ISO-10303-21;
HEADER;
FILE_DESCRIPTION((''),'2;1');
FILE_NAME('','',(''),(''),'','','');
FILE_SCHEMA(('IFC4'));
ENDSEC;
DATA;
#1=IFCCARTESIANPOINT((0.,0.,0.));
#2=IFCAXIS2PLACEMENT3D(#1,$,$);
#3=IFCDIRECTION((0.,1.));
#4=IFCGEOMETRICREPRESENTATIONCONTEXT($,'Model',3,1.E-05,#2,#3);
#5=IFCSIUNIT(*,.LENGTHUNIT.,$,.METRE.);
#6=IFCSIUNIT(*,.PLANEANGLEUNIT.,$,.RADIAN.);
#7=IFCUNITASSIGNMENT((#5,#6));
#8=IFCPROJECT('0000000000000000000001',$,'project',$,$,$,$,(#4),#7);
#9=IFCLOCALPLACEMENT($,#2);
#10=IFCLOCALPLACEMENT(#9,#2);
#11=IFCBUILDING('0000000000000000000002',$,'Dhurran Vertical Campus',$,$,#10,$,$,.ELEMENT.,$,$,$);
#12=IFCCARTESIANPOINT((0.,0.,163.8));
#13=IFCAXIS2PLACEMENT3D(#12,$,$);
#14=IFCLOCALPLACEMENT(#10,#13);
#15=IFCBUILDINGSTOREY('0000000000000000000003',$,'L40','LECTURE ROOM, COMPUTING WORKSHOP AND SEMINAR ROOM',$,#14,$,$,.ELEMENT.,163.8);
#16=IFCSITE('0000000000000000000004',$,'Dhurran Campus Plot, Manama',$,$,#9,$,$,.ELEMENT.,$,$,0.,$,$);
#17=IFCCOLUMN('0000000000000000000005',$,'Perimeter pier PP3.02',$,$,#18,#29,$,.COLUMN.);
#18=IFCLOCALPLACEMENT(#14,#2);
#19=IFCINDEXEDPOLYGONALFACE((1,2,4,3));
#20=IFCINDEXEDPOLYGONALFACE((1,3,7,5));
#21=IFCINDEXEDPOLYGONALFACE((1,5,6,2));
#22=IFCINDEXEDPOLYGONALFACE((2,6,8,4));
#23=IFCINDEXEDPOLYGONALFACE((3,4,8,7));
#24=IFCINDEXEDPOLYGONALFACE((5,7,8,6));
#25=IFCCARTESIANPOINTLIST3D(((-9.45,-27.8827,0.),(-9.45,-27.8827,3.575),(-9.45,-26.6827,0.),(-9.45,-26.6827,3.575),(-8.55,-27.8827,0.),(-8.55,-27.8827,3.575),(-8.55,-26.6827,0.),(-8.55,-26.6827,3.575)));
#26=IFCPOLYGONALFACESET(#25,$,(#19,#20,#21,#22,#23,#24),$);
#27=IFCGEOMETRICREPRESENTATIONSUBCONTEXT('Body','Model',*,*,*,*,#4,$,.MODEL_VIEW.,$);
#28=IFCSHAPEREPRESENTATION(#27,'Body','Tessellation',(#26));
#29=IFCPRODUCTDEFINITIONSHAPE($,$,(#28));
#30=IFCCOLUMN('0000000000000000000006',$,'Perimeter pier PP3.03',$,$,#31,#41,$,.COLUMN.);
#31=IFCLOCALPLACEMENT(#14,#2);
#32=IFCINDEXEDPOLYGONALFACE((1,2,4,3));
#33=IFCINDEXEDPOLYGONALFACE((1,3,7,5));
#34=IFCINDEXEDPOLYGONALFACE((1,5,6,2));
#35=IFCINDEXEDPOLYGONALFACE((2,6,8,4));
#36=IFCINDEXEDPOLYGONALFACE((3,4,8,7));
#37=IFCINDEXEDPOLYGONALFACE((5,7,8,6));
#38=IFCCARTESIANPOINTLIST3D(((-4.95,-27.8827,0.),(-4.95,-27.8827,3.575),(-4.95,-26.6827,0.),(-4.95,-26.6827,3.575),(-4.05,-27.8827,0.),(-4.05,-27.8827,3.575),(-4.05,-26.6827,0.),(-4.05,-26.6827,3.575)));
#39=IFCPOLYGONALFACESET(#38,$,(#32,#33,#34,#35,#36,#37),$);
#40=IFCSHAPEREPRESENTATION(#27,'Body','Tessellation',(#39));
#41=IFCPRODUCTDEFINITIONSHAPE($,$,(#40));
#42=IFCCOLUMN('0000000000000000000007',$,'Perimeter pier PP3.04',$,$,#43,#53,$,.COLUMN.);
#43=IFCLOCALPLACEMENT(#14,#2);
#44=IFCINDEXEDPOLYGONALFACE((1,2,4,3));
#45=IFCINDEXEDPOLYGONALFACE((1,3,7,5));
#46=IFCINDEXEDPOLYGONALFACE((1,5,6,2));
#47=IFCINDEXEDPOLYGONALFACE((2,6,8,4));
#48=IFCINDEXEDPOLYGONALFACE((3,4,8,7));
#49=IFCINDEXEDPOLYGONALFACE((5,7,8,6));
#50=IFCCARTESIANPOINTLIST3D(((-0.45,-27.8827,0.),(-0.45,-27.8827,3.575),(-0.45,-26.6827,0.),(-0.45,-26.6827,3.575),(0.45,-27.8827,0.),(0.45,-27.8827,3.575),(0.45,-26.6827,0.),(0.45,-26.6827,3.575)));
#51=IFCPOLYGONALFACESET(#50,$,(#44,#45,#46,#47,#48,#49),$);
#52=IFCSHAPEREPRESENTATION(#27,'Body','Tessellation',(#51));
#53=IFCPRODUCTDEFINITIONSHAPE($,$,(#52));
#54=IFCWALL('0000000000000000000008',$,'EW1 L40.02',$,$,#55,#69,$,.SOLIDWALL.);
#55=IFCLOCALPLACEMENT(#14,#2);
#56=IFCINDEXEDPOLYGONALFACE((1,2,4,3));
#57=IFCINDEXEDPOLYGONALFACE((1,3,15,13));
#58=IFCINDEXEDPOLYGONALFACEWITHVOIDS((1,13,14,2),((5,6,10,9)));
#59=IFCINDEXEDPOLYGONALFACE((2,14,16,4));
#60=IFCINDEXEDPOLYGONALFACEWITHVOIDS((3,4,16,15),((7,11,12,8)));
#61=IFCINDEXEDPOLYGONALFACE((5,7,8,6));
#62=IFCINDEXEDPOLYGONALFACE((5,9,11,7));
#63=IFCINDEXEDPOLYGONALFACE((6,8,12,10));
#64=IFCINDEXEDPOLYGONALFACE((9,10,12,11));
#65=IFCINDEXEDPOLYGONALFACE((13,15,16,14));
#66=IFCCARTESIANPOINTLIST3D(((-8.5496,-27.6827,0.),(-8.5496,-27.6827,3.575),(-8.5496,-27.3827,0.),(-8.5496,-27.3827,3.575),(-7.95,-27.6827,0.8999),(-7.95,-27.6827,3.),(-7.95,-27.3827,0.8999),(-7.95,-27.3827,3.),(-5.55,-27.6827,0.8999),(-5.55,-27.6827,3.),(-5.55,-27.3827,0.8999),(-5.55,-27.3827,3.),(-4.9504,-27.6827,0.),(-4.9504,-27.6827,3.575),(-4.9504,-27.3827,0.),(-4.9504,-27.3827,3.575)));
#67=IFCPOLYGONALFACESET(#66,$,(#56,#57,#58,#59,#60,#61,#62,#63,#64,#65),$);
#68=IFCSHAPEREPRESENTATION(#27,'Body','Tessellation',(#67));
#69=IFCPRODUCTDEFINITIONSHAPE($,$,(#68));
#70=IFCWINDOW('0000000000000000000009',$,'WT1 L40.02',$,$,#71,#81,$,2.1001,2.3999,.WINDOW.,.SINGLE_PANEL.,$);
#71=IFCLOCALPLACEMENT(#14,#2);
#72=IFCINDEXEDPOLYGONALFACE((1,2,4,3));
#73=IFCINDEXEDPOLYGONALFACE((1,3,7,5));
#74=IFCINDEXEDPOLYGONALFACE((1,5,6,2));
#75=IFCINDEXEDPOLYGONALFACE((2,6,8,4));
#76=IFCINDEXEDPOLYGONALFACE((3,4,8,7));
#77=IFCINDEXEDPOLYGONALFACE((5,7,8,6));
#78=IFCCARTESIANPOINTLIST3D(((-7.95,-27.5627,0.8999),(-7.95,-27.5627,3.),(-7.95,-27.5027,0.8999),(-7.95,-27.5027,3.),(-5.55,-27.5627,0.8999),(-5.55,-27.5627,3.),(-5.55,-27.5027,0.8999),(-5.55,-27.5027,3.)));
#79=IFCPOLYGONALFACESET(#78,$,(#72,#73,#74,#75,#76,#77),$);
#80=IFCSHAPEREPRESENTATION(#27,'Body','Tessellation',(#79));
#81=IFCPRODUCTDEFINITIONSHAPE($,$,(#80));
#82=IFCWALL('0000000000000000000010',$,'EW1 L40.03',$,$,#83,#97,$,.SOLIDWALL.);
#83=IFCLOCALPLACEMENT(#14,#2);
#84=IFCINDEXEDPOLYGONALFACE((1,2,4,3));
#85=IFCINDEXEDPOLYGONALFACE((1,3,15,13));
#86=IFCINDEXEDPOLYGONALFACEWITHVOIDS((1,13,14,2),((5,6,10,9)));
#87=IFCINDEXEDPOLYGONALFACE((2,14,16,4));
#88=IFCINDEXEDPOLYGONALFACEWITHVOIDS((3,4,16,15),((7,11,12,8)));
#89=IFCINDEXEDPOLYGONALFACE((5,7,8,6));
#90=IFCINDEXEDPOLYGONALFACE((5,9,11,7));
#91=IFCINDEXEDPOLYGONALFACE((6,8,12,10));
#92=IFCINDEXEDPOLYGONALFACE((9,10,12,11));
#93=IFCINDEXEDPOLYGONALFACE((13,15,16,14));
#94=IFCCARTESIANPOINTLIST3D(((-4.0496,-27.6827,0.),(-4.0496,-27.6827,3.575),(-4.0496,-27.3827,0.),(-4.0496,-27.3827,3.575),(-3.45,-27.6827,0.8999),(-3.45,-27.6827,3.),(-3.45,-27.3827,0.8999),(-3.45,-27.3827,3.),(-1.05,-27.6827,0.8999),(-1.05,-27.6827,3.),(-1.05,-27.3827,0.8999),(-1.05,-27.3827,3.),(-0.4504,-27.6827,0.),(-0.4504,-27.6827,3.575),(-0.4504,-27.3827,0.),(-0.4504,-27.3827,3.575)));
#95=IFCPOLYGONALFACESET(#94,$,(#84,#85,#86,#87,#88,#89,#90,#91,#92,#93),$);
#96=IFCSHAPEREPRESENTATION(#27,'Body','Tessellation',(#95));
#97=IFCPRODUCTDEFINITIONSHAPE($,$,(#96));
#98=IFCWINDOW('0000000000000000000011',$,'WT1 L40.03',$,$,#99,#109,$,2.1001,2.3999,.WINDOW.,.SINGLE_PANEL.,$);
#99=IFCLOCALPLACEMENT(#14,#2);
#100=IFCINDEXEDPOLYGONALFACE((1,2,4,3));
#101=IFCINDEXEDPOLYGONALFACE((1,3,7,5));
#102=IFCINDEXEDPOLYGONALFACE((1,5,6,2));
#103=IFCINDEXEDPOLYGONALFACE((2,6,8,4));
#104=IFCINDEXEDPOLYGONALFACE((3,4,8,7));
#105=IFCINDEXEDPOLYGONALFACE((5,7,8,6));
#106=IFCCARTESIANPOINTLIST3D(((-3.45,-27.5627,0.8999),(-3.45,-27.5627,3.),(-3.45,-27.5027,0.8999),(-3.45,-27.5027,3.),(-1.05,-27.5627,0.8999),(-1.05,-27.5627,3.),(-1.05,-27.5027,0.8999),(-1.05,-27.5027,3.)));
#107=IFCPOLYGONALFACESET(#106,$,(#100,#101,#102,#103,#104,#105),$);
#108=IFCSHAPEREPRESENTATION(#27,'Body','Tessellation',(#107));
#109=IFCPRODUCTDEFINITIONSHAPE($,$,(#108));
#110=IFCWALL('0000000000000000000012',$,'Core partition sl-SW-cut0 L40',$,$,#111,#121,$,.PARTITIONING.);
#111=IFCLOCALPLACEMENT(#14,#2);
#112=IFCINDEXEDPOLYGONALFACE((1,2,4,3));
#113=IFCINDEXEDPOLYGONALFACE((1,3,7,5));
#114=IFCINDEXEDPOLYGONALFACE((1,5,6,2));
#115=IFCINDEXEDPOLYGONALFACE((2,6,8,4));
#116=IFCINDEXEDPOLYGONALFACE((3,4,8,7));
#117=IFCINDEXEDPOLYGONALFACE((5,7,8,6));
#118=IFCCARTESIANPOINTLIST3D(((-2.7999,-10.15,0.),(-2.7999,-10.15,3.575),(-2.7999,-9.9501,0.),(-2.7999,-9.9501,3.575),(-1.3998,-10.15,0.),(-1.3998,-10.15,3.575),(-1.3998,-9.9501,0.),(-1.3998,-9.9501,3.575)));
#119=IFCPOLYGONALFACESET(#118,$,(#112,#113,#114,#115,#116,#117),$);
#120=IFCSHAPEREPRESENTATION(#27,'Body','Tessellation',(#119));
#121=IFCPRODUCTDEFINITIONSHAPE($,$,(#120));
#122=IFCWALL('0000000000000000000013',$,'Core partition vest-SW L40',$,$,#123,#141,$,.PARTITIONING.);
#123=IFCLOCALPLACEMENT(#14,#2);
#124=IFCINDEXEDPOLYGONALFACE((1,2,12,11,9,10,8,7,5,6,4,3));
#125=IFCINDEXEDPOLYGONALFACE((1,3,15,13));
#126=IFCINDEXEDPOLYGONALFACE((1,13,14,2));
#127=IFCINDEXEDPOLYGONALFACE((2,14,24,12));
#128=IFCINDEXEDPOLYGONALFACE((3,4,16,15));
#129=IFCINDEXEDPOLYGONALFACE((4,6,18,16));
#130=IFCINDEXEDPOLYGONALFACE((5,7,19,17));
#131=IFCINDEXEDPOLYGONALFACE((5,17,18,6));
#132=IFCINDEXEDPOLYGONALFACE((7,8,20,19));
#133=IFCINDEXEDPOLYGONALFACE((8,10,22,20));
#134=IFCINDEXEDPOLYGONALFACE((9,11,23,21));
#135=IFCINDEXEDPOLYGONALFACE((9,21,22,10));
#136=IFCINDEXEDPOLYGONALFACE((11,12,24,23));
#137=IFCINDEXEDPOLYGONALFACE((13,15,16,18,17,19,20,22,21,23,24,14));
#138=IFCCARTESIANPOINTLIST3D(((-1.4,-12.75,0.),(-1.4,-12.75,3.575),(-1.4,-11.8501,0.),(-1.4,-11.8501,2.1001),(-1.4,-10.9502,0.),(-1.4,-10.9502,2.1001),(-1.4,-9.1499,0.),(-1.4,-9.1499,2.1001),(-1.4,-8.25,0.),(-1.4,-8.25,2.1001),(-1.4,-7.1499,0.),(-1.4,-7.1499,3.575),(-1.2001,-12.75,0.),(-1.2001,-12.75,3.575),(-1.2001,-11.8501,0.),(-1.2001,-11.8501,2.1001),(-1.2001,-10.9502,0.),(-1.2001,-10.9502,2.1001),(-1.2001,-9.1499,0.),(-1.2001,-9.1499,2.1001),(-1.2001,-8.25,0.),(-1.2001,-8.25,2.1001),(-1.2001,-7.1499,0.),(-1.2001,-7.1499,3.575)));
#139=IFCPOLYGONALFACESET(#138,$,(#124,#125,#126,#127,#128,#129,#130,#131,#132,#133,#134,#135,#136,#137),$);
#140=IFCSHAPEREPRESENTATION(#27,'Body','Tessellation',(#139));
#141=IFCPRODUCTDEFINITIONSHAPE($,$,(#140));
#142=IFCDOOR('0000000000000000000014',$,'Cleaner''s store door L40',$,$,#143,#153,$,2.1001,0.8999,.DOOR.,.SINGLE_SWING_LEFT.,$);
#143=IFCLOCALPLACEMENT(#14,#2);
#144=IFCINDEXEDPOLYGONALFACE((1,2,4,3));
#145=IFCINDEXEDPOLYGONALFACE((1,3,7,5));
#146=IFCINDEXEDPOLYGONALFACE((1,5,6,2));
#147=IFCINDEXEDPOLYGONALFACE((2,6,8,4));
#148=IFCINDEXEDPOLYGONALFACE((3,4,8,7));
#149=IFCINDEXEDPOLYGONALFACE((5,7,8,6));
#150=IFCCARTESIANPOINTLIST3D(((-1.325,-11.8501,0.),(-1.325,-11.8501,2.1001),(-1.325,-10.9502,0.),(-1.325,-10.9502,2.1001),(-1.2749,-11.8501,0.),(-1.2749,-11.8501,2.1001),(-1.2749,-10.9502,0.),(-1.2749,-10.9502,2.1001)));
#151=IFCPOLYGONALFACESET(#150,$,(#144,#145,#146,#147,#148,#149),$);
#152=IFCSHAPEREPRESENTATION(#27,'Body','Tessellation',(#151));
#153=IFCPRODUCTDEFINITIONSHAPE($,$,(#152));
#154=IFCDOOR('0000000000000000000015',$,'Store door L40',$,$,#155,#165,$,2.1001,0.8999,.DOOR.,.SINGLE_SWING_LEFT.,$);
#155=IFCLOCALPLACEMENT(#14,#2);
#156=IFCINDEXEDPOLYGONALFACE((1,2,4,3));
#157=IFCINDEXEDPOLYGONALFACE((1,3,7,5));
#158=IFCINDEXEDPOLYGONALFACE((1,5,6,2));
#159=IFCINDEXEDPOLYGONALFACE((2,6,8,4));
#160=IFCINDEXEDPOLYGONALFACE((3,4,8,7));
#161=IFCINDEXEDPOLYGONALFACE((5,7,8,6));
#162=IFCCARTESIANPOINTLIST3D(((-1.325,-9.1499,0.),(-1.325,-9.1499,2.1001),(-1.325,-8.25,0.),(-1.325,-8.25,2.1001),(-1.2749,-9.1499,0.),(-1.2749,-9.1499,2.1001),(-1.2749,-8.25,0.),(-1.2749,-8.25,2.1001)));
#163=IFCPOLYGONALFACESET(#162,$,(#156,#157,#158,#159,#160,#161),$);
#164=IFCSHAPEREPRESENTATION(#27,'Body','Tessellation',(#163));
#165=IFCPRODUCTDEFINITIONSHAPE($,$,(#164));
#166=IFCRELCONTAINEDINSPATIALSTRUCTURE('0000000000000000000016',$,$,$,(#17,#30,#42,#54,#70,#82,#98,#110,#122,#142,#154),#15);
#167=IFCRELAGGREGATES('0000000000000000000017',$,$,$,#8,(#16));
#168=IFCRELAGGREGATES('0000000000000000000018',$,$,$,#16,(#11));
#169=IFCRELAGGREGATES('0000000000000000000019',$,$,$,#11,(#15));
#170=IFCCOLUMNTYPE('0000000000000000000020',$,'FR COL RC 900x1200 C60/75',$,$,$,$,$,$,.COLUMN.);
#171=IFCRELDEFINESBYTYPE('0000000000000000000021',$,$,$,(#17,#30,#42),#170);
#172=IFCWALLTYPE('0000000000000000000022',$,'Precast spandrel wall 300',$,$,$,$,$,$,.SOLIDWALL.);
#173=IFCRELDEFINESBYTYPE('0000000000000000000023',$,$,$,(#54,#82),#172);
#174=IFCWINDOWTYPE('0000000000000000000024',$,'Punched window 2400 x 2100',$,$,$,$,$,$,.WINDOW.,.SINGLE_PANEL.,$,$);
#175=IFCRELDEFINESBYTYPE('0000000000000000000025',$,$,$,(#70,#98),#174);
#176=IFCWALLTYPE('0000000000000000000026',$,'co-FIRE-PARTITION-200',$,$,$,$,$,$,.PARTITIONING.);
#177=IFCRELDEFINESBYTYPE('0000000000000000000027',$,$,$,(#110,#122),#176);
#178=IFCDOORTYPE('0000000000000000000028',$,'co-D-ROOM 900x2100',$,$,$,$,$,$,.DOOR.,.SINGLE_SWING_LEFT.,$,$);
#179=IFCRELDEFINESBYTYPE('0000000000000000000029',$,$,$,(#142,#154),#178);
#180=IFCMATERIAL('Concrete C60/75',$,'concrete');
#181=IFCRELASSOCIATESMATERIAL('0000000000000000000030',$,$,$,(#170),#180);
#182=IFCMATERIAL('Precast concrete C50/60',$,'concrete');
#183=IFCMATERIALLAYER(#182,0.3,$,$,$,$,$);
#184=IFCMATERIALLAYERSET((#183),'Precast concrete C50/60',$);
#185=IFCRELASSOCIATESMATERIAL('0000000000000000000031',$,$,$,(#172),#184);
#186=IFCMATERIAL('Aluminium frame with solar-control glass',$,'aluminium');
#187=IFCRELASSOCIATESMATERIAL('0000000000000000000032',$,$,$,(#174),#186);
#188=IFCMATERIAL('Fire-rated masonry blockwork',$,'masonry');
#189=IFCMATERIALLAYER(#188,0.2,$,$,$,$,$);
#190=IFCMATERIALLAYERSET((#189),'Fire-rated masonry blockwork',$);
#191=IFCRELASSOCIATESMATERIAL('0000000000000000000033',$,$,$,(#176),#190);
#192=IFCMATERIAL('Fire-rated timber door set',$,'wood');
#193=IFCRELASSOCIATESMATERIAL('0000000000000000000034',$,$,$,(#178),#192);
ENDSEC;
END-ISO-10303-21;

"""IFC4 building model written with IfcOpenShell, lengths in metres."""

from ifc_helpers import new_model, si_unit, direction, frame, frame_2d, origin, origin_2d, place, context, subcontext, project, spatial, rectangle, extrude, material, layer, layer_set, material_profile, profile_set, type_object, element, fill, save


model = new_model("IFC4")

# Units and contexts
model_context = context("Model", 3, precision=1e-05, world=origin(), true_north=direction((0.0, 1.0)))
body_context = subcontext(model_context, "Body", "Model", "MODEL_VIEW")
ifc_project = project(units=[si_unit("LENGTHUNIT", "METRE"), si_unit("PLANEANGLEUNIT", "RADIAN")], contexts=[model_context])

# Site, building, storey
site_placement = place(None, origin())
site = spatial("IfcSite", under=ifc_project, at=site_placement, Name="Dhurran Campus Plot, Manama", CompositionType="ELEMENT", RefElevation=0.0)
building_placement = place(site_placement, origin())
building = spatial("IfcBuilding", under=site, at=building_placement, Name="Dhurran Vertical Campus", CompositionType="ELEMENT")
storey_placement = place(building_placement, frame((0.0, 0.0, 163.8)))
storey = spatial("IfcBuildingStorey", under=building, at=storey_placement, Name="L40", Description="LECTURE ROOM, COMPUTING WORKSHOP AND SEMINAR ROOM", CompositionType="ELEMENT", Elevation=163.8)

# Columns
ifc_material_1 = material(Name="Concrete C60/75", Category="concrete")
ifc_material_profile = material_profile(ifc_material_1, rectangle(XDim=0.8999, YDim=1.2, at=origin_2d()), Name="RC 900x1200")
ifc_profile_set = profile_set([ifc_material_profile], Name="Concrete C60/75")
column_type = type_object("IfcColumnType", Name="FR COL RC 900x1200 C60/75", PredefinedType="COLUMN", material=ifc_profile_set)
for number, where, z_axis, x_axis, name in (
    (1, (-9.0, -27.2827, 0.0), (0.0, 0.0, 1.0), (1.0, 0.0, 0.0), "Perimeter pier PP3.02"),
    (2, (-4.5, -27.2827, 0.0), (0.0, 0.0, 1.0), (1.0, 0.0, 0.0), "Perimeter pier PP3.03"),
    (3, (0.0, -27.2827, 0.0), (0.0, 0.0, 1.0), (1.0, 0.0, 0.0), "Perimeter pier PP3.04"),
):
    element("IfcColumn", number, at=place(storey_placement, frame(where, z_axis=z_axis, x_axis=x_axis)), inside=storey, type_object=column_type, Name=name, PredefinedType="COLUMN", context=body_context, shape_type="SweptSolid", body=[
        extrude(rectangle(XDim=0.8999, YDim=1.2, at=origin_2d()), origin(), (0.0, 0.0, 1.0), 3.575),
    ])

# Walls, openings, windows
ifc_material_2 = material(Name="Precast concrete C50/60", Category="concrete")
ifc_layer_1 = layer(ifc_material_2, 0.3)
ifc_layer_set_1 = layer_set([ifc_layer_1], Name="Precast concrete C50/60")
wall_type_1 = type_object("IfcWallType", Name="Precast spandrel wall 300", PredefinedType="SOLIDWALL", material=ifc_layer_set_1)
wall_1_placement = place(storey_placement, frame((-8.5496, -27.5327, 0.0), z_axis=(0.0, 0.0, 1.0), x_axis=(1.0, 0.0, 0.0)))
wall_1 = element("IfcWall", 4, at=wall_1_placement, inside=storey, type_object=wall_type_1, Name="EW1 L40.02", PredefinedType="SOLIDWALL", context=body_context, shape_type="SweptSolid", body=[
    extrude(rectangle(XDim=3.5991, YDim=0.3, at=frame_2d((1.7996, 0.0))), origin(), (0.0, 0.0, 1.0), 3.575),
])
opening_1_placement = place(wall_1_placement, frame((0.5996, 0.0, 0.8999)))
opening_1 = element("IfcOpeningElement", 5, at=opening_1_placement, cuts=wall_1, PredefinedType="OPENING", context=body_context, shape_type="SweptSolid", body=[
    extrude(rectangle(XDim=2.3999, YDim=2.1001, at=frame_2d((1.2, 1.05))), frame((0.0, 0.1599, 0.0), z_axis=(0.0, -1.0, 0.0), x_axis=(1.0, 0.0, 0.0)), (0.0, 0.0, 1.0), 0.3201),
])
ifc_material_3 = material(Name="Aluminium frame with solar-control glass", Category="aluminium")
window_type = type_object("IfcWindowType", Name="Punched window 2400 x 2100", PartitioningType="SINGLE_PANEL", PredefinedType="WINDOW", material=ifc_material_3)
window_1_placement = place(opening_1_placement, origin())
window_1 = element("IfcWindow", 6, at=window_1_placement, inside=storey, type_object=window_type, Name="WT1 L40.02", OverallHeight=2.1001, OverallWidth=2.3999, PartitioningType="SINGLE_PANEL", PredefinedType="WINDOW", context=body_context, shape_type="SweptSolid", body=[
    extrude(rectangle(XDim=2.3999, YDim=2.1001, at=frame_2d((1.2, 1.05))), frame((0.0, 0.03, 0.0), z_axis=(0.0, -1.0, 0.0), x_axis=(1.0, 0.0, 0.0)), (0.0, 0.0, 1.0), 0.0601),
])
fill(opening_1, window_1)
wall_2_placement = place(storey_placement, frame((-4.0496, -27.5327, 0.0), z_axis=(0.0, 0.0, 1.0), x_axis=(1.0, 0.0, 0.0)))
wall_2 = element("IfcWall", 7, at=wall_2_placement, inside=storey, type_object=wall_type_1, Name="EW1 L40.03", PredefinedType="SOLIDWALL", context=body_context, shape_type="SweptSolid", body=[
    extrude(rectangle(XDim=3.5991, YDim=0.3, at=frame_2d((1.7996, 0.0))), origin(), (0.0, 0.0, 1.0), 3.575),
])
opening_2_placement = place(wall_2_placement, frame((0.5996, 0.0, 0.8999)))
opening_2 = element("IfcOpeningElement", 8, at=opening_2_placement, cuts=wall_2, PredefinedType="OPENING", context=body_context, shape_type="SweptSolid", body=[
    extrude(rectangle(XDim=2.3999, YDim=2.1001, at=frame_2d((1.2, 1.05))), frame((0.0, 0.1599, 0.0), z_axis=(0.0, -1.0, 0.0), x_axis=(1.0, 0.0, 0.0)), (0.0, 0.0, 1.0), 0.3201),
])
window_2_placement = place(opening_2_placement, origin())
window_2 = element("IfcWindow", 9, at=window_2_placement, inside=storey, type_object=window_type, Name="WT1 L40.03", OverallHeight=2.1001, OverallWidth=2.3999, PartitioningType="SINGLE_PANEL", PredefinedType="WINDOW", context=body_context, shape_type="SweptSolid", body=[
    extrude(rectangle(XDim=2.3999, YDim=2.1001, at=frame_2d((1.2, 1.05))), frame((0.0, 0.03, 0.0), z_axis=(0.0, -1.0, 0.0), x_axis=(1.0, 0.0, 0.0)), (0.0, 0.0, 1.0), 0.0601),
])
fill(opening_2, window_2)

# Wall
ifc_material_4 = material(Name="Fire-rated masonry blockwork", Category="masonry")
ifc_layer_2 = layer(ifc_material_4, 0.2)
ifc_layer_set_2 = layer_set([ifc_layer_2], Name="Fire-rated masonry blockwork")
wall_type_2 = type_object("IfcWallType", Name="co-FIRE-PARTITION-200", PredefinedType="PARTITIONING", material=ifc_layer_set_2)
wall_3_placement = place(storey_placement, frame((-2.8, -10.05, 0.0), z_axis=(0.0, 0.0, 1.0), x_axis=(1.0, 0.0, 0.0)))
element("IfcWall", 10, at=wall_3_placement, inside=storey, type_object=wall_type_2, Name="Core partition sl-SW-cut0 L40", PredefinedType="PARTITIONING", context=body_context, shape_type="SweptSolid", body=[
    extrude(rectangle(XDim=1.4001, YDim=0.2, at=frame_2d((0.7002, 0.0))), origin(), (0.0, 0.0, 1.0), 3.575),
])

# Wall, openings, doors
wall_4_placement = place(storey_placement, frame((-1.3, -12.75, 0.0), z_axis=(0.0, 0.0, 1.0), x_axis=(0.0, 1.0, 0.0)))
wall_4 = element("IfcWall", 11, at=wall_4_placement, inside=storey, type_object=wall_type_2, Name="Core partition vest-SW L40", PredefinedType="PARTITIONING", context=body_context, shape_type="SweptSolid", body=[
    extrude(rectangle(XDim=5.6001, YDim=0.2, at=frame_2d((2.8, 0.0))), origin(), (0.0, 0.0, 1.0), 3.575),
])
opening_3_placement = place(wall_4_placement, frame((0.8999, 0.0, 0.0)))
opening_3 = element("IfcOpeningElement", 12, at=opening_3_placement, cuts=wall_4, PredefinedType="OPENING", context=body_context, shape_type="SweptSolid", body=[
    extrude(rectangle(XDim=0.8999, YDim=2.1001, at=frame_2d((0.45, 1.05))), frame((0.0, 0.1099, 0.0), z_axis=(0.0, -1.0, 0.0), x_axis=(1.0, 0.0, 0.0)), (0.0, 0.0, 1.0), 0.22),
])
opening_4_placement = place(wall_4_placement, frame((3.6001, 0.0, 0.0)))
opening_4 = element("IfcOpeningElement", 13, at=opening_4_placement, cuts=wall_4, PredefinedType="OPENING", context=body_context, shape_type="SweptSolid", body=[
    extrude(rectangle(XDim=0.8999, YDim=2.1001, at=frame_2d((0.45, 1.05))), frame((0.0, 0.1099, 0.0), z_axis=(0.0, -1.0, 0.0), x_axis=(1.0, 0.0, 0.0)), (0.0, 0.0, 1.0), 0.22),
])
ifc_material_5 = material(Name="Fire-rated timber door set", Category="wood")
door_type_1 = type_object("IfcDoorType", Name="co-D-ROOM 900x2100", OperationType="SINGLE_SWING_LEFT", PredefinedType="DOOR", material=ifc_material_5)
door_1_placement = place(opening_3_placement, origin())
door_1 = element("IfcDoor", 14, at=door_1_placement, inside=storey, type_object=door_type_1, Name="Cleaner's store door L40", OperationType="SINGLE_SWING_LEFT", OverallHeight=2.1001, OverallWidth=0.8999, PredefinedType="DOOR", context=body_context, shape_type="SweptSolid", body=[
    extrude(rectangle(XDim=0.8999, YDim=2.1001, at=frame_2d((0.45, 1.05))), frame((0.0, 0.0249, 0.0), z_axis=(0.0, -1.0, 0.0), x_axis=(1.0, 0.0, 0.0)), (0.0, 0.0, 1.0), 0.05),
])
fill(opening_3, door_1)
door_2_placement = place(opening_4_placement, origin())
door_2 = element("IfcDoor", 15, at=door_2_placement, inside=storey, type_object=door_type_1, Name="Store door L40", OperationType="SINGLE_SWING_LEFT", OverallHeight=2.1001, OverallWidth=0.8999, PredefinedType="DOOR", context=body_context, shape_type="SweptSolid", body=[
    extrude(rectangle(XDim=0.8999, YDim=2.1001, at=frame_2d((0.45, 1.05))), frame((0.0, 0.0249, 0.0), z_axis=(0.0, -1.0, 0.0), x_axis=(1.0, 0.0, 0.0)), (0.0, 0.0, 1.0), 0.05),
])
fill(opening_4, door_2)

save(model, "model.ifc")
